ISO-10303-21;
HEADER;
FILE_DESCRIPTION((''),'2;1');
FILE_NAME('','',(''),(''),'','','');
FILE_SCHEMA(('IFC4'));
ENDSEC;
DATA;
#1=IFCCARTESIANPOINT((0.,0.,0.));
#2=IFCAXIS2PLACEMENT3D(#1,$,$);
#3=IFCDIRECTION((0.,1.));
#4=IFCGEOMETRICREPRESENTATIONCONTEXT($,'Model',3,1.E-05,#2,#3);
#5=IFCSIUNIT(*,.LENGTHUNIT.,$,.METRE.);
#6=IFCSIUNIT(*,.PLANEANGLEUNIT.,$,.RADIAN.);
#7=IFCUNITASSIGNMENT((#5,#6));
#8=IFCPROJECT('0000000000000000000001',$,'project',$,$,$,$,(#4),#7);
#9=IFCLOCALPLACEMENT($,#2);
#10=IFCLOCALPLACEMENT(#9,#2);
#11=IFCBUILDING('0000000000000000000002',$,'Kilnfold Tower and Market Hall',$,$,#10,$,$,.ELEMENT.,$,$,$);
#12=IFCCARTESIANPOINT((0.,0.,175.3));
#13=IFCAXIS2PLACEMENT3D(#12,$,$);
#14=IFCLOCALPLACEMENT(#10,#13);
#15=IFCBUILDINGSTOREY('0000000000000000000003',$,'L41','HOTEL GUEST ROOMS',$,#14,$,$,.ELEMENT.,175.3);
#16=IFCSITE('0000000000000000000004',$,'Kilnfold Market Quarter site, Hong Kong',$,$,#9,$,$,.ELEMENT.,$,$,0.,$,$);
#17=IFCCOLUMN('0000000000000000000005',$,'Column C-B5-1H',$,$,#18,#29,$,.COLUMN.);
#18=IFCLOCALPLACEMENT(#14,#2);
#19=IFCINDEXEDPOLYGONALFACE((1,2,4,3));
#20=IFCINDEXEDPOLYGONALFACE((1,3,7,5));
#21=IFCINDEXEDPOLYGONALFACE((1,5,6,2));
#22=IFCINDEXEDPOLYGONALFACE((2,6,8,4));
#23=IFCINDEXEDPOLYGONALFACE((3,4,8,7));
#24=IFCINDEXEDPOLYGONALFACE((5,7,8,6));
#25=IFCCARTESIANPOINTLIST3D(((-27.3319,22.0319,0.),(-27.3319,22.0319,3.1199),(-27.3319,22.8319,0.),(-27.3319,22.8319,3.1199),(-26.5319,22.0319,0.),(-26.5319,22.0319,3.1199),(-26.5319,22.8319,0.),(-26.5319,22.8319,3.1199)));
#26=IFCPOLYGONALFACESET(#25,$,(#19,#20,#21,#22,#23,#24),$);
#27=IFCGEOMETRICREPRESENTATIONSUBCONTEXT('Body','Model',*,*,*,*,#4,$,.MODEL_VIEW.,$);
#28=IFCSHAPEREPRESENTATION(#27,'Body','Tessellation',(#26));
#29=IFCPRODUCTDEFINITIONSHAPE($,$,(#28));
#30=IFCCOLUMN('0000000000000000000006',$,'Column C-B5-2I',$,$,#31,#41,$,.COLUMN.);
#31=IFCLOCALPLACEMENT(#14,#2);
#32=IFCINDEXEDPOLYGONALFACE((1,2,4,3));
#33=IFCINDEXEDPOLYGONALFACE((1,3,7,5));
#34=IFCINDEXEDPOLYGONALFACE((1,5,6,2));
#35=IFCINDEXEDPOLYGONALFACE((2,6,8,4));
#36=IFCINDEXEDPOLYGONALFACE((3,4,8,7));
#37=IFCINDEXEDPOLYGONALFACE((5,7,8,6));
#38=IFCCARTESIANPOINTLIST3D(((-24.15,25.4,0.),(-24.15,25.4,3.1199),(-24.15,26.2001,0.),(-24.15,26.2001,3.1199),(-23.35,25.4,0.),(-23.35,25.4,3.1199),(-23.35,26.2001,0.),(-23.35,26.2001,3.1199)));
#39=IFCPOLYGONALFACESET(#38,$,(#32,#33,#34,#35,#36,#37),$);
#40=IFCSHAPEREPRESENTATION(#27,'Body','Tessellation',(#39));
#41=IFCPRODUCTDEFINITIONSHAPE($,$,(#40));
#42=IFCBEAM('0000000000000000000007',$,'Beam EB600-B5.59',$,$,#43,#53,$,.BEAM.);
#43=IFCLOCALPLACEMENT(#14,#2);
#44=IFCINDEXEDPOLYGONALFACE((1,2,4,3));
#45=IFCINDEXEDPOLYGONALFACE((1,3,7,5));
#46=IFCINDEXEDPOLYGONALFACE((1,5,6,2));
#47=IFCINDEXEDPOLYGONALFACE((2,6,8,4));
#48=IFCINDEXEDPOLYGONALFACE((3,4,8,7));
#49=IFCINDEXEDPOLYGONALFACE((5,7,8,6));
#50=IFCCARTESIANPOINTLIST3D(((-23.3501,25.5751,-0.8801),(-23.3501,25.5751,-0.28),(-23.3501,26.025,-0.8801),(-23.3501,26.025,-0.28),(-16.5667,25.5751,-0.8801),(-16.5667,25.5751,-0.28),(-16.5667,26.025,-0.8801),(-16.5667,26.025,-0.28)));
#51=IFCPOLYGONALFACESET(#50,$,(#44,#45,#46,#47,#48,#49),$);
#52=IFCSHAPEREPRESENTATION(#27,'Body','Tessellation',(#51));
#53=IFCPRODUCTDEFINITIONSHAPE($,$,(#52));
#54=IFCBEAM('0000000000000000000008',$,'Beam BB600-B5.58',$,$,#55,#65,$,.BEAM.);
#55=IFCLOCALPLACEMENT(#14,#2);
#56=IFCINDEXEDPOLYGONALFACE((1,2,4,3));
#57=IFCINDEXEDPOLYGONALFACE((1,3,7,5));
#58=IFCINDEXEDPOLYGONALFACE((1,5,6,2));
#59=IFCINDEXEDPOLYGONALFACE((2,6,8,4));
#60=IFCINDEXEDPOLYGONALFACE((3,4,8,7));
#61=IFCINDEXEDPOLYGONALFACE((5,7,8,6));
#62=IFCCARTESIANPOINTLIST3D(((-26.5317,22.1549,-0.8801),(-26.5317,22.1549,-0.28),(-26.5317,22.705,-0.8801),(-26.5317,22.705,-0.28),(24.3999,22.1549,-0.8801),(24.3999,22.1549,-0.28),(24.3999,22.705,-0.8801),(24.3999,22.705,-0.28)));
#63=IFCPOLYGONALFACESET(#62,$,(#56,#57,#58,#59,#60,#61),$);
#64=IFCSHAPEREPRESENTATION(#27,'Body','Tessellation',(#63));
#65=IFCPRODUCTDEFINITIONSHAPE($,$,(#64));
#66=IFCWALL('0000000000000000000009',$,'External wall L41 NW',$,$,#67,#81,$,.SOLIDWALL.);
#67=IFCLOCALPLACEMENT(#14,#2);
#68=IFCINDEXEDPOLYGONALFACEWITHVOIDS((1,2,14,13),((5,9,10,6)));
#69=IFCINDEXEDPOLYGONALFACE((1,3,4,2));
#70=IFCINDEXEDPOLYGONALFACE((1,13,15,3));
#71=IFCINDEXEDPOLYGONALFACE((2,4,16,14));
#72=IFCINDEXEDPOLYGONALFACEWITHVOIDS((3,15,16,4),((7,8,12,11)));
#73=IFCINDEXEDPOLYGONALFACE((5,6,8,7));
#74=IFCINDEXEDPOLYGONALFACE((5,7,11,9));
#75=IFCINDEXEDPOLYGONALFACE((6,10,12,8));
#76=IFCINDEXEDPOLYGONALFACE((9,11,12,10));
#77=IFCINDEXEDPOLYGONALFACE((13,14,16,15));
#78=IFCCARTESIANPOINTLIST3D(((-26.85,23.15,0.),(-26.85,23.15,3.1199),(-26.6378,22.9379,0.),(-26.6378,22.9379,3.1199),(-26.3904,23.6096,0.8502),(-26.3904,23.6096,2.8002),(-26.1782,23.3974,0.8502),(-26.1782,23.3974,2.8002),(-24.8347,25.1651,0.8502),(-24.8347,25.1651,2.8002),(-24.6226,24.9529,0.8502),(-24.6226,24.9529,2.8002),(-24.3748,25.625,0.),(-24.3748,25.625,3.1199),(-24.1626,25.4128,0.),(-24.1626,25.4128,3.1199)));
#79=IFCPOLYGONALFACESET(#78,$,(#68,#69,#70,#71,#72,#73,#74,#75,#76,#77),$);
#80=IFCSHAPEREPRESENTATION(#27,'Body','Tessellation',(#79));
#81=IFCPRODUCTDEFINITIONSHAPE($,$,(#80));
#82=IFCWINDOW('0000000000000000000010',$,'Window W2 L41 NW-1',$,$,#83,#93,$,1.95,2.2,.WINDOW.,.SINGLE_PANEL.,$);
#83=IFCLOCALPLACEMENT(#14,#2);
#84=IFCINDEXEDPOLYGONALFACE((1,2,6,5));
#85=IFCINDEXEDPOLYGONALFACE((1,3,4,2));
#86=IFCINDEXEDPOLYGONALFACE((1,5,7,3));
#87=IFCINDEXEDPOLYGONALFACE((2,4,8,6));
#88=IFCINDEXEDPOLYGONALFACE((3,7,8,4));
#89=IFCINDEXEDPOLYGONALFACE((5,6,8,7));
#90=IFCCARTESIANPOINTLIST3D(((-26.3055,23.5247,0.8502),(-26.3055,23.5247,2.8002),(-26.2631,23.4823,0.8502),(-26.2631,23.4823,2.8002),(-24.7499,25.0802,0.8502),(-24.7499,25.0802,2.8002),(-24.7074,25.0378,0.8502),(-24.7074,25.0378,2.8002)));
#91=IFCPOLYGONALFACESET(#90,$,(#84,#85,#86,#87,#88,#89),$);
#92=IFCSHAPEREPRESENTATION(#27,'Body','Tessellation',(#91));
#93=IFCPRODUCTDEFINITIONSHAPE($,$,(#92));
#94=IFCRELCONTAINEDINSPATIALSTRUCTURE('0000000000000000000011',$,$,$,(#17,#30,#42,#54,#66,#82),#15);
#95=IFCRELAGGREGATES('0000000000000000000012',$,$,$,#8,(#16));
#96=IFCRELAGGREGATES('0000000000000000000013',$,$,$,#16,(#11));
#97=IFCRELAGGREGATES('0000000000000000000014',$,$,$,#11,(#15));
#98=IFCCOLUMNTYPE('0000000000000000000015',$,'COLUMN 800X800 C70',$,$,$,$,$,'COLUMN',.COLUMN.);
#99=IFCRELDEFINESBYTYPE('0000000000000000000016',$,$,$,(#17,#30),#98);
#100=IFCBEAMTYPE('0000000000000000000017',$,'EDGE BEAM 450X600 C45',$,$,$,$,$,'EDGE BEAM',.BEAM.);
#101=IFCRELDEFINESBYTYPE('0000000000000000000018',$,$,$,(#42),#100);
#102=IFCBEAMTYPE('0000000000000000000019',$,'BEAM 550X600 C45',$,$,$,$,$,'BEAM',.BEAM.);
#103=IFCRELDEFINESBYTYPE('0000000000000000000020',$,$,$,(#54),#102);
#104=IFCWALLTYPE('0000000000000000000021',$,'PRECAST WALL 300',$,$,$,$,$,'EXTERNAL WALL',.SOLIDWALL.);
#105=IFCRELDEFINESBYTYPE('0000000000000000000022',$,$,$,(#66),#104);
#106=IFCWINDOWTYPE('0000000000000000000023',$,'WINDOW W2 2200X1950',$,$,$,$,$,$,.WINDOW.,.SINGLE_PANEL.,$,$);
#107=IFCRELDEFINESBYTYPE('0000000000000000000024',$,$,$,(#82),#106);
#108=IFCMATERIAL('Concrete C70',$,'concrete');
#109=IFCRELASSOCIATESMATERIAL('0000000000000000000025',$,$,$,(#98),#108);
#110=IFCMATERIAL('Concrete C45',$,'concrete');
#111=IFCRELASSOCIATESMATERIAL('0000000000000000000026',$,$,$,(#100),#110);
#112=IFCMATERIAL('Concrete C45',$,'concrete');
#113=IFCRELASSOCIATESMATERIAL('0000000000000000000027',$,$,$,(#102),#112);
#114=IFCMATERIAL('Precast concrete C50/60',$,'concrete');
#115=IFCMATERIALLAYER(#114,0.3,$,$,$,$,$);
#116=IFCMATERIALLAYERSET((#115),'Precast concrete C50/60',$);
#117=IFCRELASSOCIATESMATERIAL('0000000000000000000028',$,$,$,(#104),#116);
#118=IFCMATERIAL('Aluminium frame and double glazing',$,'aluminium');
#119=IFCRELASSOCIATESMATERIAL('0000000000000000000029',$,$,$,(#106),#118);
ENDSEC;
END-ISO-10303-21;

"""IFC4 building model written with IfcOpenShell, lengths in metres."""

from ifc_helpers import new_model, si_unit, direction, frame, frame_2d, origin, origin_2d, place, context, subcontext, project, spatial, rectangle, extrude, source, transform, mapped, material, layer, layer_set, material_profile, profile_set, type_object, element, fill, save


model = new_model("IFC4")

# Units and contexts
model_context = context("Model", 3, precision=1e-05, world=origin(), true_north=direction((0.0, 1.0)))
body_context = subcontext(model_context, "Body", "Model", "MODEL_VIEW")
ifc_project = project(units=[si_unit("LENGTHUNIT", "METRE"), si_unit("PLANEANGLEUNIT", "RADIAN")], contexts=[model_context])

# Site, building, storey
site_placement = place(None, origin())
site = spatial("IfcSite", under=ifc_project, at=site_placement, Name="Kilnfold Market Quarter site, Hong Kong", CompositionType="ELEMENT", RefElevation=0.0)
building_placement = place(site_placement, origin())
building = spatial("IfcBuilding", under=site, at=building_placement, Name="Kilnfold Tower and Market Hall", CompositionType="ELEMENT")
storey_placement = place(building_placement, frame((0.0, 0.0, 175.3)))
storey = spatial("IfcBuildingStorey", under=building, at=storey_placement, Name="L41", Description="HOTEL GUEST ROOMS", CompositionType="ELEMENT", Elevation=175.3)

# Columns
ifc_material_1 = material(Name="Concrete C70", Category="concrete")
ifc_material_profile_1 = material_profile(ifc_material_1, rectangle(XDim=0.8, YDim=0.8, at=origin_2d()), Name="RC 800x800")
ifc_profile_set_1 = profile_set([ifc_material_profile_1], Name="Concrete C70")
column_type = type_object("IfcColumnType", Name="COLUMN 800X800 C70", ElementType="COLUMN", PredefinedType="COLUMN", material=ifc_profile_set_1)
shared_shape_1 = source(origin(), body_context, "Body", "SweptSolid", [
    extrude(rectangle(XDim=0.8, YDim=0.8, at=origin_2d()), origin(), (0.0, 0.0, 1.0), 3.1199),
])
for number, where, z_axis, x_axis, name in (
    (1, (-26.9319, 22.4319, 0.0), (0.0, 0.0, 1.0), (1.0, 0.0, 0.0), "Column C-B5-1H"),
    (2, (-23.75, 25.8, 0.0), (0.0, 0.0, 1.0), (1.0, 0.0, 0.0), "Column C-B5-2I"),
):
    element("IfcColumn", number, at=place(storey_placement, frame(where, z_axis=z_axis, x_axis=x_axis)), inside=storey, type_object=column_type, Name=name, PredefinedType="COLUMN", context=body_context, shape_type="MappedRepresentation", body=[
        mapped(shared_shape_1, transform((0.0, 0.0, 0.0))),
    ])

# Beams
ifc_material_2 = material(Name="Concrete C45", Category="concrete")
ifc_material_profile_2 = material_profile(ifc_material_2, rectangle(XDim=0.45, YDim=0.6001, at=origin_2d()), Name="RC 450x600")
ifc_profile_set_2 = profile_set([ifc_material_profile_2], Name="Concrete C45")
beam_type_1 = type_object("IfcBeamType", Name="EDGE BEAM 450X600 C45", ElementType="EDGE BEAM", PredefinedType="BEAM", material=ifc_profile_set_2)
shared_shape_2 = source(origin(), body_context, "Body", "SweptSolid", [
    extrude(rectangle(XDim=0.45, YDim=0.6001, at=origin_2d()), origin(), (0.0, 0.0, 1.0), 6.7834),
])
beam_1_placement = place(storey_placement, frame((-23.3501, 25.8, -0.5801), z_axis=(1.0, 0.0, 0.0), x_axis=(0.0, 1.0, 0.0)))
element("IfcBeam", 3, at=beam_1_placement, inside=storey, type_object=beam_type_1, Name="Beam EB600-B5.59", PredefinedType="BEAM", context=body_context, shape_type="MappedRepresentation", body=[
    mapped(shared_shape_2, transform((0.0, 0.0, 0.0))),
])
ifc_material_3 = material(Name="Concrete C45", Category="concrete")
ifc_material_profile_3 = material_profile(ifc_material_3, rectangle(XDim=0.55, YDim=0.6001, at=origin_2d()), Name="RC 550x600")
ifc_profile_set_3 = profile_set([ifc_material_profile_3], Name="Concrete C45")
beam_type_2 = type_object("IfcBeamType", Name="BEAM 550X600 C45", ElementType="BEAM", PredefinedType="BEAM", material=ifc_profile_set_3)
shared_shape_3 = source(origin(), body_context, "Body", "SweptSolid", [
    extrude(rectangle(XDim=0.55, YDim=0.6001, at=origin_2d()), origin(), (0.0, 0.0, 1.0), 50.9316),
])
beam_2_placement = place(storey_placement, frame((-26.5317, 22.4299, -0.5801), z_axis=(1.0, 0.0, 0.0), x_axis=(0.0, 1.0, 0.0)))
element("IfcBeam", 4, at=beam_2_placement, inside=storey, type_object=beam_type_2, Name="Beam BB600-B5.58", PredefinedType="BEAM", context=body_context, shape_type="MappedRepresentation", body=[
    mapped(shared_shape_3, transform((0.0, 0.0, 0.0))),
])

# Wall, opening, window
ifc_material_4 = material(Name="Precast concrete C50/60", Category="concrete")
ifc_layer = layer(ifc_material_4, 0.3)
ifc_layer_set = layer_set([ifc_layer], Name="Precast concrete C50/60")
wall_type = type_object("IfcWallType", Name="PRECAST WALL 300", ElementType="EXTERNAL WALL", PredefinedType="SOLIDWALL", material=ifc_layer_set)
shared_shape_4 = source(origin(), body_context, "Body", "SweptSolid", [
    extrude(rectangle(XDim=3.5002, YDim=0.3, at=frame_2d((1.75, 0.0))), origin(), (0.0, 0.0, 1.0), 3.1199),
])
wall_1_placement = place(storey_placement, frame((-24.2688, 25.5188, 0.0), z_axis=(0.0, 0.0, 1.0), x_axis=(-0.707142, -0.707072, 0.0)))
wall_1 = element("IfcWall", 5, at=wall_1_placement, inside=storey, type_object=wall_type, Name="External wall L41 NW", PredefinedType="SOLIDWALL", context=body_context, shape_type="MappedRepresentation", body=[
    mapped(shared_shape_4, transform((0.0, 0.0, 0.0))),
])
opening_1_placement = place(wall_1_placement, frame((0.6501, 0.0, 0.8501)))
opening_1 = element("IfcOpeningElement", 6, at=opening_1_placement, cuts=wall_1, PredefinedType="OPENING", context=body_context, shape_type="SweptSolid", body=[
    extrude(rectangle(XDim=2.2, YDim=1.95, at=frame_2d((1.1001, 0.9751))), frame((0.0, 0.1602, 0.0), z_axis=(0.0, -1.0, 0.0), x_axis=(1.0, 0.0, 0.0)), (0.0, 0.0, 1.0), 0.3201),
])
ifc_material_5 = material(Name="Aluminium frame and double glazing", Category="aluminium")
window_type = type_object("IfcWindowType", Name="WINDOW W2 2200X1950", PartitioningType="SINGLE_PANEL", PredefinedType="WINDOW", material=ifc_material_5)
window_1_placement = place(opening_1_placement, origin())
window_1 = element("IfcWindow", 7, at=window_1_placement, inside=storey, type_object=window_type, Name="Window W2 L41 NW-1", OverallHeight=1.95, OverallWidth=2.2, PartitioningType="SINGLE_PANEL", PredefinedType="WINDOW", context=body_context, shape_type="SweptSolid", body=[
    extrude(rectangle(XDim=2.2, YDim=1.95, at=frame_2d((1.1001, 0.9751))), frame((0.0, 0.03, 0.0), z_axis=(0.0, -1.0, 0.0), x_axis=(1.0, 0.0, 0.0)), (0.0, 0.0, 1.0), 0.0601),
])
fill(opening_1, window_1)

save(model, "model.ifc")
